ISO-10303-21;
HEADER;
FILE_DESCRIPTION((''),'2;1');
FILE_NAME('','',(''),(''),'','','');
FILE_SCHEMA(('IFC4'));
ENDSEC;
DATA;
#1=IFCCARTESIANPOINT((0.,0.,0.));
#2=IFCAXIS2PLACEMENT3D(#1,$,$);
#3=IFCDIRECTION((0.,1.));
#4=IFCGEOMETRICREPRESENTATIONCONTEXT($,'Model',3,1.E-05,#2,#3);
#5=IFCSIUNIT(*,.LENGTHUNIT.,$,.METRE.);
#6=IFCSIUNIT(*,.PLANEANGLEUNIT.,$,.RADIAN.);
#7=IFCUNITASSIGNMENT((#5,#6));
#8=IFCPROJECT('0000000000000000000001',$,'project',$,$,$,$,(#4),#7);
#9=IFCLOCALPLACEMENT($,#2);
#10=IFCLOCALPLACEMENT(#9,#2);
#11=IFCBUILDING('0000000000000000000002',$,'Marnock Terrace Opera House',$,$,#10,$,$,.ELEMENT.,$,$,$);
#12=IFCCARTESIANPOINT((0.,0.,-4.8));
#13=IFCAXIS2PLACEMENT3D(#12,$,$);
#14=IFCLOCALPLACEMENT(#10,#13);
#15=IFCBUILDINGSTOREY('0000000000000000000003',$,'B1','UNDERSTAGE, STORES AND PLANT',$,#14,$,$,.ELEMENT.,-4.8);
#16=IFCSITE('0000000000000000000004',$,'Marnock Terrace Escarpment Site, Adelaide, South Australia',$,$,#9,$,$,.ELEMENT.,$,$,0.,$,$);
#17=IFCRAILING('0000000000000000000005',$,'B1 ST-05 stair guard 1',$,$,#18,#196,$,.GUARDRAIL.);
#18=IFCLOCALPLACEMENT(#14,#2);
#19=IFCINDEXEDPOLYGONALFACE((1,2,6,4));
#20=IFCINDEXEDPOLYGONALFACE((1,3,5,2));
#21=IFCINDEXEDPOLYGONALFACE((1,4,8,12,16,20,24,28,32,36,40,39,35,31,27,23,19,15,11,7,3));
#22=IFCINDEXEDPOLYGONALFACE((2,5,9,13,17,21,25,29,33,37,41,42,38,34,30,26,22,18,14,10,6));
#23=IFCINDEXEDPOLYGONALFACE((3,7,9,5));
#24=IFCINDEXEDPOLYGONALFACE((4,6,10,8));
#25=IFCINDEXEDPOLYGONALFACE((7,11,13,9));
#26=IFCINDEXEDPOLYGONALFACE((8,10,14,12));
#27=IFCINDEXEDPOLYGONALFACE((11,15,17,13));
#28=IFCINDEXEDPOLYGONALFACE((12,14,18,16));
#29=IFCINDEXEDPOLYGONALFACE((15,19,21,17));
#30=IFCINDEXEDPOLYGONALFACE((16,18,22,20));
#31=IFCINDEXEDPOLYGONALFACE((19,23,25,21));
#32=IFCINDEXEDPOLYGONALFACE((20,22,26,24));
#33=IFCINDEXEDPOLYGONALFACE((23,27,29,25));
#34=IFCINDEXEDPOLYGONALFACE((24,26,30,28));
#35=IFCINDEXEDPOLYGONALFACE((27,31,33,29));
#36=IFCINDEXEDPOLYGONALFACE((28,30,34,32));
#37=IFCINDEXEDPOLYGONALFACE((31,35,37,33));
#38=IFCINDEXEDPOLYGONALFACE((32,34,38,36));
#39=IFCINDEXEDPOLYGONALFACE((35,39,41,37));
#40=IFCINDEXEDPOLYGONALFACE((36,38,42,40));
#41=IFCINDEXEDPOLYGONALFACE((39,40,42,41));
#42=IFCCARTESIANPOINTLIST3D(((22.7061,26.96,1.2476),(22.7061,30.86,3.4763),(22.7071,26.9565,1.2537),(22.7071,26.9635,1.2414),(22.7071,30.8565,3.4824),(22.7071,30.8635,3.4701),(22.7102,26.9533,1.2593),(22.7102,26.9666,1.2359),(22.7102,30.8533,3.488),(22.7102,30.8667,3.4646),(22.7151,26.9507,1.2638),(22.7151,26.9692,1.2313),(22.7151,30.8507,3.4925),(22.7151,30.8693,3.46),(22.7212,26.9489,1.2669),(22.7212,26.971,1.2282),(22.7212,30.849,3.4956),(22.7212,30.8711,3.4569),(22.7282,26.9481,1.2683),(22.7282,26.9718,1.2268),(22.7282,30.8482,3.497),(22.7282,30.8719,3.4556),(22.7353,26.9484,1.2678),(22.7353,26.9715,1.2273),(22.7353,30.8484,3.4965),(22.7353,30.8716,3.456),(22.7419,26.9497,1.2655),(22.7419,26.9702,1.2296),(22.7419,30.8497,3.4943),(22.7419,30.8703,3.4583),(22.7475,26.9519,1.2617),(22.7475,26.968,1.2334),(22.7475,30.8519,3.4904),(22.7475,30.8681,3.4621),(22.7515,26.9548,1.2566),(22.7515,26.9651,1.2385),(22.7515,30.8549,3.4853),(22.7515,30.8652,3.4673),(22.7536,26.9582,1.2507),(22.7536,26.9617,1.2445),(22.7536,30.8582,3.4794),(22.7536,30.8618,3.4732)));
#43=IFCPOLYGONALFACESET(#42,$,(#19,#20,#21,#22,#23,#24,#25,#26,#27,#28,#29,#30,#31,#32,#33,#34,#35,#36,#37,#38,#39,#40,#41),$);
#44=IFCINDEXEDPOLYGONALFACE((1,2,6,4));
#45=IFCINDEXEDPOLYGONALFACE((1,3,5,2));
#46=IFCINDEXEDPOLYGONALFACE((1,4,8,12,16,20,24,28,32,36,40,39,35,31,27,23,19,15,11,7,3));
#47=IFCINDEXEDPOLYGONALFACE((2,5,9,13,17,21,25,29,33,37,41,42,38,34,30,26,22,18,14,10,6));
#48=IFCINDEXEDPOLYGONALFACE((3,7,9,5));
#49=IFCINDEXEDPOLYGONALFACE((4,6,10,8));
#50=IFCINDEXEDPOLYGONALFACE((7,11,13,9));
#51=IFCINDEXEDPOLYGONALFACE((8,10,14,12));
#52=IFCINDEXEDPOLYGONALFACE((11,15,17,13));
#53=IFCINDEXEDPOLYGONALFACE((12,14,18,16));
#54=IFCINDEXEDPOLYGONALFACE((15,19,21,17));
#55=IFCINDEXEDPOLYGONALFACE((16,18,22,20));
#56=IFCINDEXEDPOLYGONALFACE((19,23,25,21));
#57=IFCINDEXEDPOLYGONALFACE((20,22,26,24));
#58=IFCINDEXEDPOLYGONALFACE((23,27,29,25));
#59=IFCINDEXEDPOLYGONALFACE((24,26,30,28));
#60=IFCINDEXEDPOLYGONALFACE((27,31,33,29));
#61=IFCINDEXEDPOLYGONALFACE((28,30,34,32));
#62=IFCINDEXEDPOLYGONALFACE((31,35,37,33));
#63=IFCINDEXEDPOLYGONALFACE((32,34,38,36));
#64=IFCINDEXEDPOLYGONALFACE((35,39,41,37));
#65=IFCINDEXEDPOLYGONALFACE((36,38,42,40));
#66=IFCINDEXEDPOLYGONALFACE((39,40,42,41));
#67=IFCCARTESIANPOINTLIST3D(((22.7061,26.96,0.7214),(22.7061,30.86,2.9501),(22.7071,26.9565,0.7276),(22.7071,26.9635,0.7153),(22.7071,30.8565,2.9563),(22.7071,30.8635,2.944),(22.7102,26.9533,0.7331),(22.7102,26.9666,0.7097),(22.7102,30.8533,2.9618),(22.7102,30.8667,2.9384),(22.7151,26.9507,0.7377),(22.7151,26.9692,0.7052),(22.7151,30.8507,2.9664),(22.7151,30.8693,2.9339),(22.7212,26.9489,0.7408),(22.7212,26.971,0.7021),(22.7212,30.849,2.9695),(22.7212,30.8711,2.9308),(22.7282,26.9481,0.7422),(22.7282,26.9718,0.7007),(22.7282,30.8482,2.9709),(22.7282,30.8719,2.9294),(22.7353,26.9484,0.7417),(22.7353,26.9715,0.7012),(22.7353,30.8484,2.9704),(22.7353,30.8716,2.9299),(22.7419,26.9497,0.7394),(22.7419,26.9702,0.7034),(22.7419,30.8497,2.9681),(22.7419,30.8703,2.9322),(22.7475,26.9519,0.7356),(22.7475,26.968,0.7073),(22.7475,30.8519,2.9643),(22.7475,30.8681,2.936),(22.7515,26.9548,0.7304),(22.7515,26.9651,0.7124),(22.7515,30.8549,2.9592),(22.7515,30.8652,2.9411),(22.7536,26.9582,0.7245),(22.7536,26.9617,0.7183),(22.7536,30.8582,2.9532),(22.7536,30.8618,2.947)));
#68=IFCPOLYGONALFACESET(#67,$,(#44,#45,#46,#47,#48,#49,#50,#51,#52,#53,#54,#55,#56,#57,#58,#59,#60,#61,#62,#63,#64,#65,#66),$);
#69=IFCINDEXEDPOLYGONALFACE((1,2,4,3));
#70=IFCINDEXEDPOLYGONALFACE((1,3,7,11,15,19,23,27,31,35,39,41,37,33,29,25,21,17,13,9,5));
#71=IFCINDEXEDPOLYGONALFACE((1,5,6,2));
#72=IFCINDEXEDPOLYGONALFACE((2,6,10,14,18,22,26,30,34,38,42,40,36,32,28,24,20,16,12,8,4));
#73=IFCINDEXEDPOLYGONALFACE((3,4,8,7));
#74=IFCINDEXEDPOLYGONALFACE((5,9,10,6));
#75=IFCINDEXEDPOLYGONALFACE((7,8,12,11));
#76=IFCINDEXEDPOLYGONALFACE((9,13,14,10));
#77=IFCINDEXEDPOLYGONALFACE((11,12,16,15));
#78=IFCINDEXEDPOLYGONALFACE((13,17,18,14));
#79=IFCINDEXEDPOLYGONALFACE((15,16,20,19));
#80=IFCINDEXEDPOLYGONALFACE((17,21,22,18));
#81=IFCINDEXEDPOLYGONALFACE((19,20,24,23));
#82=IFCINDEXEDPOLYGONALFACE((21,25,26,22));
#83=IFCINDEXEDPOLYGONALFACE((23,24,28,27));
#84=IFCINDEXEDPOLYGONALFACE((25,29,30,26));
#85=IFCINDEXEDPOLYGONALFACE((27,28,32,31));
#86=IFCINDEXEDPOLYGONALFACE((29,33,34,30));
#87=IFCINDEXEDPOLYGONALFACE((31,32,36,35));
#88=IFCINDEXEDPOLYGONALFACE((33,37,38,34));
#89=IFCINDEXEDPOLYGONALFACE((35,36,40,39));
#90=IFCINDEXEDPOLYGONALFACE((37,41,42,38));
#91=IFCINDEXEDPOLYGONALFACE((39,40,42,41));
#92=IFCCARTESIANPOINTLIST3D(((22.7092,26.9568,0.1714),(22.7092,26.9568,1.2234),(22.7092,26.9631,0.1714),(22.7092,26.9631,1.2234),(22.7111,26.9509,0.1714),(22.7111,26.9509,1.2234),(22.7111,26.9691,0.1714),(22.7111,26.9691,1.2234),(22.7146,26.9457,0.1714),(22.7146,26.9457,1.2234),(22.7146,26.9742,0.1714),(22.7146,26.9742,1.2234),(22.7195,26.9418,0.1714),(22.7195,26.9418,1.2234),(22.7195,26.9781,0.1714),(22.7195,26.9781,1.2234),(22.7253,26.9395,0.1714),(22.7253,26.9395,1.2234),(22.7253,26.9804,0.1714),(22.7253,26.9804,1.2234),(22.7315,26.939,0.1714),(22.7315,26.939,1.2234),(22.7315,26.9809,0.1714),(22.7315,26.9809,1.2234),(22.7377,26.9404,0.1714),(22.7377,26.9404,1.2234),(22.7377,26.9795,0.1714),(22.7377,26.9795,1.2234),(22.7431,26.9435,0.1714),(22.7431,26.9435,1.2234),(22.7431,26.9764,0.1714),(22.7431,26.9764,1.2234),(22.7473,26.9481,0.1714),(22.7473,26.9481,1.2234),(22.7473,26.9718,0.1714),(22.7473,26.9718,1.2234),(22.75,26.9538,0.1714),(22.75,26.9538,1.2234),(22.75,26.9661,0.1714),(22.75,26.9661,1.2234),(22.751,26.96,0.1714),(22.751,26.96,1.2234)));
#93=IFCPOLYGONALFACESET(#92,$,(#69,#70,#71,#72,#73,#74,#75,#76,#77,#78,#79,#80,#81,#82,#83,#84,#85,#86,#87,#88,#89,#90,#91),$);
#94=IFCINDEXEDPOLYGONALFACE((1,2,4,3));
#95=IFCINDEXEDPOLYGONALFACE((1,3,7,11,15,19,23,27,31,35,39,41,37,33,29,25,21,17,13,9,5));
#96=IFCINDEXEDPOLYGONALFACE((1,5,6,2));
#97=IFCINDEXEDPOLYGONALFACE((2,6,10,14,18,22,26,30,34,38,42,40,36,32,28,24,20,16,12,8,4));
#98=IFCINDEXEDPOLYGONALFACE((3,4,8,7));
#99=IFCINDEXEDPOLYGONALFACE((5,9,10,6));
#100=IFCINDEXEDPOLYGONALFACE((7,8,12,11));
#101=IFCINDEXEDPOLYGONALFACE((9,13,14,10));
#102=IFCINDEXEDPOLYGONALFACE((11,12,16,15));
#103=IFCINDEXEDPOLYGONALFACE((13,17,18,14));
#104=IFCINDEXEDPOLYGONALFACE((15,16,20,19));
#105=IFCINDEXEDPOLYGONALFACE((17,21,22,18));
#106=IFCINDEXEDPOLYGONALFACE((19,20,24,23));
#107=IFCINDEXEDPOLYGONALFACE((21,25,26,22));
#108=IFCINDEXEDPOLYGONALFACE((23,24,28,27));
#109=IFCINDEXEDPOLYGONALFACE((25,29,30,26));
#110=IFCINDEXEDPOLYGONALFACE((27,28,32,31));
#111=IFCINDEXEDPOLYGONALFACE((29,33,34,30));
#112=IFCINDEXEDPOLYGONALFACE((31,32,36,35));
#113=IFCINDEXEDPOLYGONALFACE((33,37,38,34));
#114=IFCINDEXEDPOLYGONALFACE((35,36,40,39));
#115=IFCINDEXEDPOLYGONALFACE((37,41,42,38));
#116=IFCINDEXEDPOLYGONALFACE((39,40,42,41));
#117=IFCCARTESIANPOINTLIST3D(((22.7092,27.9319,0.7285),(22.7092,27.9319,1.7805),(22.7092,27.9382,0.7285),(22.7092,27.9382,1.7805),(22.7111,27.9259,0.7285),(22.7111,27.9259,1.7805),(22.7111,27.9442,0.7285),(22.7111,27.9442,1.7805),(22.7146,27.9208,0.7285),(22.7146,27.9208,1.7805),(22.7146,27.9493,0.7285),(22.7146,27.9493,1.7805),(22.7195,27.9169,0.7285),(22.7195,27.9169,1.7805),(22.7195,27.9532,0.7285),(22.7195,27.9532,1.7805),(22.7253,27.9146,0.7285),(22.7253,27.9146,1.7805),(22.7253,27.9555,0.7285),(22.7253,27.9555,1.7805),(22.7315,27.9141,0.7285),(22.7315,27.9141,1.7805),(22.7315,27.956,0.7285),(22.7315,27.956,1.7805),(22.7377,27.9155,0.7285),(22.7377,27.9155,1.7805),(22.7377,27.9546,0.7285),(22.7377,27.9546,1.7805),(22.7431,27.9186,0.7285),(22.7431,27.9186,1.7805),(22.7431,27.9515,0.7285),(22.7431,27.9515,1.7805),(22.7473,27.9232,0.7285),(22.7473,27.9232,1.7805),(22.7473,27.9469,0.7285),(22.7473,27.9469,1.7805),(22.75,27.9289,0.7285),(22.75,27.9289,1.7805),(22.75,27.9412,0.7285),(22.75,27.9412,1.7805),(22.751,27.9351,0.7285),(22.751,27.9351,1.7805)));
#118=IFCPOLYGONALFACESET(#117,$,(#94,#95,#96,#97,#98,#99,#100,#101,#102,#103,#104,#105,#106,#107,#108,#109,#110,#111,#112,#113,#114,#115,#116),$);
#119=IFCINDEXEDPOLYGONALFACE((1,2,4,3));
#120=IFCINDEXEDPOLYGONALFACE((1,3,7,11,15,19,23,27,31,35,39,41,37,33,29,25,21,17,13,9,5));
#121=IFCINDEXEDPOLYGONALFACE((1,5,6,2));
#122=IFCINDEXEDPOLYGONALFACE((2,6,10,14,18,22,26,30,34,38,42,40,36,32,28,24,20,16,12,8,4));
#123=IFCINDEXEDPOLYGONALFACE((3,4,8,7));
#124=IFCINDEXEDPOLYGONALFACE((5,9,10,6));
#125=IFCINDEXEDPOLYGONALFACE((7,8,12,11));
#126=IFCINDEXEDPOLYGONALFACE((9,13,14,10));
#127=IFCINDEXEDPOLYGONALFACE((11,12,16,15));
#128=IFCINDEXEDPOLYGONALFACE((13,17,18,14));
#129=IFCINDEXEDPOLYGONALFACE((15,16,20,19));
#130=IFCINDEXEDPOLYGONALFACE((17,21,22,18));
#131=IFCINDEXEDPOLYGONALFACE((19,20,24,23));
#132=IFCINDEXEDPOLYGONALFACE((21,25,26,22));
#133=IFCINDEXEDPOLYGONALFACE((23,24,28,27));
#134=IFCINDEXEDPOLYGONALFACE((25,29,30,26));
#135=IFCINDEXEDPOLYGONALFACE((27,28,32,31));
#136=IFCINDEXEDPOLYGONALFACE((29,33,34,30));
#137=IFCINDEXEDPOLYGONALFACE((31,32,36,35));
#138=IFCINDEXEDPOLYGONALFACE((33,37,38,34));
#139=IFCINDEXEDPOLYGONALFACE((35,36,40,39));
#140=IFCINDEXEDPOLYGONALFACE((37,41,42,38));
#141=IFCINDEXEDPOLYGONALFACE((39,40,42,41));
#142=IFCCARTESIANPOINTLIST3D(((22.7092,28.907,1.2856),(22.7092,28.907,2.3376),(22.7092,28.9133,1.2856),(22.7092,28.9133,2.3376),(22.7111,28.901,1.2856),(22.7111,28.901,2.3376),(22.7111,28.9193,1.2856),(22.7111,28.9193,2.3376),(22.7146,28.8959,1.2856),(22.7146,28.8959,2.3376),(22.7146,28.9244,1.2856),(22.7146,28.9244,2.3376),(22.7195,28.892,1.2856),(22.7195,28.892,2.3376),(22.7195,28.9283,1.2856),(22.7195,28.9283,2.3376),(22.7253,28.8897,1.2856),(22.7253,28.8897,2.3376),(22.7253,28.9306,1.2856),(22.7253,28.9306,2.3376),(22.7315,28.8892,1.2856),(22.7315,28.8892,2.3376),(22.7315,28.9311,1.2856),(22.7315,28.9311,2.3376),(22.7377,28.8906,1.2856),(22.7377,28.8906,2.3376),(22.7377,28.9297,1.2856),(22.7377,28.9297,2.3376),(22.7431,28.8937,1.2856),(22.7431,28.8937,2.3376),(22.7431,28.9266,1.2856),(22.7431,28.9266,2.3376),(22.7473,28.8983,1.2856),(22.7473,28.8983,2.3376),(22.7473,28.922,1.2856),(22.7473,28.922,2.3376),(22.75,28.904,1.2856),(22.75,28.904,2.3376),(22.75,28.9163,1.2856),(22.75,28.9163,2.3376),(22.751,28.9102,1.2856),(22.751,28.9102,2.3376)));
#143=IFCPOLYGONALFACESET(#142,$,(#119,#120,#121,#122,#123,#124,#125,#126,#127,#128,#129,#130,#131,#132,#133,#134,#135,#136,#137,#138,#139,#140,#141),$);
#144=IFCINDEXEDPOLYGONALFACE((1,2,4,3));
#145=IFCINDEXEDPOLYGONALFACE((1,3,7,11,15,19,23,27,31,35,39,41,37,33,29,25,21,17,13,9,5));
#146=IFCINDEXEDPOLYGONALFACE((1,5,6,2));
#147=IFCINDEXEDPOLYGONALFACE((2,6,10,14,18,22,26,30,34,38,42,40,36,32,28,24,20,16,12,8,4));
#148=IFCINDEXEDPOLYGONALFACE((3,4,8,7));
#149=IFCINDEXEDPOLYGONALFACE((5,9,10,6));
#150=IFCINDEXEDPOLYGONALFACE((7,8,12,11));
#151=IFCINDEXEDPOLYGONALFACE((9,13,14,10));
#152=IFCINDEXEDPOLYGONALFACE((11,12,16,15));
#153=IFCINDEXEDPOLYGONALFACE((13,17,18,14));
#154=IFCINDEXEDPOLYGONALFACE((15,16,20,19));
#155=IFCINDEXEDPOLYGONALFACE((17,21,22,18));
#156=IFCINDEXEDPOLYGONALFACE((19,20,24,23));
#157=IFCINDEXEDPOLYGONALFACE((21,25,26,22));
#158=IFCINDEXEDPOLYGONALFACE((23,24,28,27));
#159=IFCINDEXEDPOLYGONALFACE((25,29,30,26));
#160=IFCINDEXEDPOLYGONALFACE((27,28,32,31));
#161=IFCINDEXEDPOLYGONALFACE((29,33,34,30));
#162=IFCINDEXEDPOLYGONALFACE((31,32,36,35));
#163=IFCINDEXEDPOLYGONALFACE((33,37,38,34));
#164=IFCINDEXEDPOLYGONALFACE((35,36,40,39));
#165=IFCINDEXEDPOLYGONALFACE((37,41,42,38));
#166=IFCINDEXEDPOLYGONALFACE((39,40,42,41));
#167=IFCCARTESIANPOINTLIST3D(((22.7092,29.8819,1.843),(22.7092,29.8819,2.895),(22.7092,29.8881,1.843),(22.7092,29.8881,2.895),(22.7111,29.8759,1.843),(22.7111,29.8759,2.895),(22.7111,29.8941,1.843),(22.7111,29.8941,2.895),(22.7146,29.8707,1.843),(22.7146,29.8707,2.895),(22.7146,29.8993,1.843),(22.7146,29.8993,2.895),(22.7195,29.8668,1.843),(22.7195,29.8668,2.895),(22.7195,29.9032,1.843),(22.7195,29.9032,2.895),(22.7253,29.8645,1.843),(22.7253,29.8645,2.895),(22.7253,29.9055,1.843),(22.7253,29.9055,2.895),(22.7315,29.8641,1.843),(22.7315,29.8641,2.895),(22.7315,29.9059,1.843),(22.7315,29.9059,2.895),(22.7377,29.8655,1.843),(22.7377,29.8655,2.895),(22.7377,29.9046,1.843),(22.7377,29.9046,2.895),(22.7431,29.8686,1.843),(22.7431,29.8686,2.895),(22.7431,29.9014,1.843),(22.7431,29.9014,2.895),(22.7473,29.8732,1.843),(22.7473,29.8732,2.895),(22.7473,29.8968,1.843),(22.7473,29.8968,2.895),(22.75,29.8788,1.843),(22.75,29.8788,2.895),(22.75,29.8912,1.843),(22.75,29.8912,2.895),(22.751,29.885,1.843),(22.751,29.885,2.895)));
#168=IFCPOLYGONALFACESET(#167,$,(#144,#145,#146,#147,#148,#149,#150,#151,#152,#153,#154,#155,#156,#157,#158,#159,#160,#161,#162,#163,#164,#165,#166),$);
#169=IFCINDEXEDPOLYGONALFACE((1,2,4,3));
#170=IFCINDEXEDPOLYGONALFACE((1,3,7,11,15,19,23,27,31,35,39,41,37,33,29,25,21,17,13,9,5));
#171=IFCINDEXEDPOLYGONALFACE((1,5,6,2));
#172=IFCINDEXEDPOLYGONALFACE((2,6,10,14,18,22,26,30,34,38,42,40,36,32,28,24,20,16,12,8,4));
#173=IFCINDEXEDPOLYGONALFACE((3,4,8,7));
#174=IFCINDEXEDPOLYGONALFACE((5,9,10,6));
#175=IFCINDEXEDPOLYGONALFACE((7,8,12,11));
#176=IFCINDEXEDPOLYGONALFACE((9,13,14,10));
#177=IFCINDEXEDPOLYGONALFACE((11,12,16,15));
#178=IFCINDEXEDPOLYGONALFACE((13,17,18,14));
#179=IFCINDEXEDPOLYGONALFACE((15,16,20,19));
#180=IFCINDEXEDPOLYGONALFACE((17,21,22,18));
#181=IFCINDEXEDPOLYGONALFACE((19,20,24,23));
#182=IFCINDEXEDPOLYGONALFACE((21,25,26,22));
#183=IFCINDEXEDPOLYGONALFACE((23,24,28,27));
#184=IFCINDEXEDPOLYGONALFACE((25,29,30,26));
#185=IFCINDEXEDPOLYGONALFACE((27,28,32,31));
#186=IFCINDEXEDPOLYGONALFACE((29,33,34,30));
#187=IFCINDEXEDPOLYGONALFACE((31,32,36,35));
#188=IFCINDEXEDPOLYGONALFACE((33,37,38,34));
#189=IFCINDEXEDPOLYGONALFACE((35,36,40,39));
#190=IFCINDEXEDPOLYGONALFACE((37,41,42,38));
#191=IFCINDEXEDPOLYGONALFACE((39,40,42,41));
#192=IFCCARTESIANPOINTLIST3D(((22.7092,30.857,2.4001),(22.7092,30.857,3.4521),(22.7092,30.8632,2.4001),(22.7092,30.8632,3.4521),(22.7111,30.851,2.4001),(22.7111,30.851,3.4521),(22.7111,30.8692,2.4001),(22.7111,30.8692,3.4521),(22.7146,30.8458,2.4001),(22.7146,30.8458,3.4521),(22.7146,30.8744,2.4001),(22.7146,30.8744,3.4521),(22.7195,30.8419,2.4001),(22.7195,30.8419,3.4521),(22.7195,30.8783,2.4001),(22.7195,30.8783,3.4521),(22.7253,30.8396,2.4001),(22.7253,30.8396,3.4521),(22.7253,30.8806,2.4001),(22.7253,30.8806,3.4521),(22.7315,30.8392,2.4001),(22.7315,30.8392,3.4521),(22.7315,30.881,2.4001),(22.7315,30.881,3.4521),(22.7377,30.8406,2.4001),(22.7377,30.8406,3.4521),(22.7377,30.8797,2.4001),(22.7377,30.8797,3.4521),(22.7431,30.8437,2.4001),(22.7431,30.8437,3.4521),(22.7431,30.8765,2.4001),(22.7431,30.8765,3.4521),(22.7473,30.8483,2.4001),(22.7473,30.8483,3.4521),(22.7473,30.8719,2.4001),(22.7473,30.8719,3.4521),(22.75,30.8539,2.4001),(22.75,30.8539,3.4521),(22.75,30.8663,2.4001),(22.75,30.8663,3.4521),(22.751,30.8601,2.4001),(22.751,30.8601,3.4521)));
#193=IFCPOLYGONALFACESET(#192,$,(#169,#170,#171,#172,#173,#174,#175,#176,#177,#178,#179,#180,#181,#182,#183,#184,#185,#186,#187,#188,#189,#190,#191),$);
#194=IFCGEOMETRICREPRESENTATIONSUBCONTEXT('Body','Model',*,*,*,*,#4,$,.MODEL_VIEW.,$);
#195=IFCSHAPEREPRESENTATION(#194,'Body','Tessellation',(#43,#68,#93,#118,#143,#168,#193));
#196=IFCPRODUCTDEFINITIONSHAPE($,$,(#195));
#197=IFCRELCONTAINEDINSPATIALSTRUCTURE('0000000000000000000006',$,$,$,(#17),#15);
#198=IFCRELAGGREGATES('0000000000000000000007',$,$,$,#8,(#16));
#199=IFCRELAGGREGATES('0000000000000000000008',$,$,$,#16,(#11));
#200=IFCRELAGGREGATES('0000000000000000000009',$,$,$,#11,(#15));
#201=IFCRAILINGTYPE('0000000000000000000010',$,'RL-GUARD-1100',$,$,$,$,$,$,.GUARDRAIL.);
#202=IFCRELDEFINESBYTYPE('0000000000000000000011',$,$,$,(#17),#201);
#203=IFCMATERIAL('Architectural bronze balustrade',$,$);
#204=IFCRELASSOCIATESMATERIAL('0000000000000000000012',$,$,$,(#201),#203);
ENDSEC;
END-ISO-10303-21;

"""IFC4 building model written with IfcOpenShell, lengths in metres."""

from ifc_helpers import new_model, si_unit, direction, frame, origin, origin_2d, place, context, subcontext, project, spatial, circle, extrude, material, type_object, element, save


model = new_model("IFC4")

# Units and contexts
model_context = context("Model", 3, precision=1e-05, world=origin(), true_north=direction((0.0, 1.0)))
body_context = subcontext(model_context, "Body", "Model", "MODEL_VIEW")
ifc_project = project(units=[si_unit("LENGTHUNIT", "METRE"), si_unit("PLANEANGLEUNIT", "RADIAN")], contexts=[model_context])

# Site, building, storey
site_placement = place(None, origin())
site = spatial("IfcSite", under=ifc_project, at=site_placement, Name="Marnock Terrace Escarpment Site, Adelaide, South Australia", CompositionType="ELEMENT", RefElevation=0.0)
building_placement = place(site_placement, origin())
building = spatial("IfcBuilding", under=site, at=building_placement, Name="Marnock Terrace Opera House", CompositionType="ELEMENT")
storey_placement = place(building_placement, frame((0.0, 0.0, -4.8)))
storey = spatial("IfcBuildingStorey", under=building, at=storey_placement, Name="B1", Description="UNDERSTAGE, STORES AND PLANT", CompositionType="ELEMENT", Elevation=-4.8)

# Railing
ifc_material_1 = material(Name="Architectural bronze balustrade")
railing_type_1 = type_object("IfcRailingType", Name="RL-GUARD-1100", PredefinedType="GUARDRAIL", material=ifc_material_1)
railing_1_placement = place(storey_placement, frame((22.73, 26.96, 0.1714)))
element("IfcRailing", 1, at=railing_1_placement, inside=storey, type_object=railing_type_1, Name="B1 ST-05 stair guard 1", PredefinedType="GUARDRAIL", context=body_context, shape_type="SweptSolid", body=[
    extrude(circle(Radius=0.0239, at=origin_2d()), frame((0.0, 0.0, 1.0762), z_axis=(0.0, 0.868233, 0.496156), x_axis=(-1.0, 0.0, 0.0)), (0.0, 0.0, 1.0), 4.4919),
    extrude(circle(Radius=0.0239, at=origin_2d()), frame((0.0, 0.0, 0.55), z_axis=(0.0, 0.868233, 0.496156), x_axis=(-1.0, 0.0, 0.0)), (0.0, 0.0, 1.0), 4.4919),
    extrude(circle(Radius=0.021, at=origin_2d()), origin(), (0.0, 0.0, 1.0), 1.052),
    extrude(circle(Radius=0.021, at=origin_2d()), frame((0.0, 0.9751, 0.5571)), (0.0, 0.0, 1.0), 1.052),
    extrude(circle(Radius=0.021, at=origin_2d()), frame((0.0, 1.9502, 1.1143)), (0.0, 0.0, 1.0), 1.052),
    extrude(circle(Radius=0.021, at=origin_2d()), frame((0.0, 2.925, 1.6716)), (0.0, 0.0, 1.0), 1.052),
    extrude(circle(Radius=0.021, at=origin_2d()), frame((0.0, 3.9001, 2.2288)), (0.0, 0.0, 1.0), 1.052),
])

save(model, "model.ifc")
